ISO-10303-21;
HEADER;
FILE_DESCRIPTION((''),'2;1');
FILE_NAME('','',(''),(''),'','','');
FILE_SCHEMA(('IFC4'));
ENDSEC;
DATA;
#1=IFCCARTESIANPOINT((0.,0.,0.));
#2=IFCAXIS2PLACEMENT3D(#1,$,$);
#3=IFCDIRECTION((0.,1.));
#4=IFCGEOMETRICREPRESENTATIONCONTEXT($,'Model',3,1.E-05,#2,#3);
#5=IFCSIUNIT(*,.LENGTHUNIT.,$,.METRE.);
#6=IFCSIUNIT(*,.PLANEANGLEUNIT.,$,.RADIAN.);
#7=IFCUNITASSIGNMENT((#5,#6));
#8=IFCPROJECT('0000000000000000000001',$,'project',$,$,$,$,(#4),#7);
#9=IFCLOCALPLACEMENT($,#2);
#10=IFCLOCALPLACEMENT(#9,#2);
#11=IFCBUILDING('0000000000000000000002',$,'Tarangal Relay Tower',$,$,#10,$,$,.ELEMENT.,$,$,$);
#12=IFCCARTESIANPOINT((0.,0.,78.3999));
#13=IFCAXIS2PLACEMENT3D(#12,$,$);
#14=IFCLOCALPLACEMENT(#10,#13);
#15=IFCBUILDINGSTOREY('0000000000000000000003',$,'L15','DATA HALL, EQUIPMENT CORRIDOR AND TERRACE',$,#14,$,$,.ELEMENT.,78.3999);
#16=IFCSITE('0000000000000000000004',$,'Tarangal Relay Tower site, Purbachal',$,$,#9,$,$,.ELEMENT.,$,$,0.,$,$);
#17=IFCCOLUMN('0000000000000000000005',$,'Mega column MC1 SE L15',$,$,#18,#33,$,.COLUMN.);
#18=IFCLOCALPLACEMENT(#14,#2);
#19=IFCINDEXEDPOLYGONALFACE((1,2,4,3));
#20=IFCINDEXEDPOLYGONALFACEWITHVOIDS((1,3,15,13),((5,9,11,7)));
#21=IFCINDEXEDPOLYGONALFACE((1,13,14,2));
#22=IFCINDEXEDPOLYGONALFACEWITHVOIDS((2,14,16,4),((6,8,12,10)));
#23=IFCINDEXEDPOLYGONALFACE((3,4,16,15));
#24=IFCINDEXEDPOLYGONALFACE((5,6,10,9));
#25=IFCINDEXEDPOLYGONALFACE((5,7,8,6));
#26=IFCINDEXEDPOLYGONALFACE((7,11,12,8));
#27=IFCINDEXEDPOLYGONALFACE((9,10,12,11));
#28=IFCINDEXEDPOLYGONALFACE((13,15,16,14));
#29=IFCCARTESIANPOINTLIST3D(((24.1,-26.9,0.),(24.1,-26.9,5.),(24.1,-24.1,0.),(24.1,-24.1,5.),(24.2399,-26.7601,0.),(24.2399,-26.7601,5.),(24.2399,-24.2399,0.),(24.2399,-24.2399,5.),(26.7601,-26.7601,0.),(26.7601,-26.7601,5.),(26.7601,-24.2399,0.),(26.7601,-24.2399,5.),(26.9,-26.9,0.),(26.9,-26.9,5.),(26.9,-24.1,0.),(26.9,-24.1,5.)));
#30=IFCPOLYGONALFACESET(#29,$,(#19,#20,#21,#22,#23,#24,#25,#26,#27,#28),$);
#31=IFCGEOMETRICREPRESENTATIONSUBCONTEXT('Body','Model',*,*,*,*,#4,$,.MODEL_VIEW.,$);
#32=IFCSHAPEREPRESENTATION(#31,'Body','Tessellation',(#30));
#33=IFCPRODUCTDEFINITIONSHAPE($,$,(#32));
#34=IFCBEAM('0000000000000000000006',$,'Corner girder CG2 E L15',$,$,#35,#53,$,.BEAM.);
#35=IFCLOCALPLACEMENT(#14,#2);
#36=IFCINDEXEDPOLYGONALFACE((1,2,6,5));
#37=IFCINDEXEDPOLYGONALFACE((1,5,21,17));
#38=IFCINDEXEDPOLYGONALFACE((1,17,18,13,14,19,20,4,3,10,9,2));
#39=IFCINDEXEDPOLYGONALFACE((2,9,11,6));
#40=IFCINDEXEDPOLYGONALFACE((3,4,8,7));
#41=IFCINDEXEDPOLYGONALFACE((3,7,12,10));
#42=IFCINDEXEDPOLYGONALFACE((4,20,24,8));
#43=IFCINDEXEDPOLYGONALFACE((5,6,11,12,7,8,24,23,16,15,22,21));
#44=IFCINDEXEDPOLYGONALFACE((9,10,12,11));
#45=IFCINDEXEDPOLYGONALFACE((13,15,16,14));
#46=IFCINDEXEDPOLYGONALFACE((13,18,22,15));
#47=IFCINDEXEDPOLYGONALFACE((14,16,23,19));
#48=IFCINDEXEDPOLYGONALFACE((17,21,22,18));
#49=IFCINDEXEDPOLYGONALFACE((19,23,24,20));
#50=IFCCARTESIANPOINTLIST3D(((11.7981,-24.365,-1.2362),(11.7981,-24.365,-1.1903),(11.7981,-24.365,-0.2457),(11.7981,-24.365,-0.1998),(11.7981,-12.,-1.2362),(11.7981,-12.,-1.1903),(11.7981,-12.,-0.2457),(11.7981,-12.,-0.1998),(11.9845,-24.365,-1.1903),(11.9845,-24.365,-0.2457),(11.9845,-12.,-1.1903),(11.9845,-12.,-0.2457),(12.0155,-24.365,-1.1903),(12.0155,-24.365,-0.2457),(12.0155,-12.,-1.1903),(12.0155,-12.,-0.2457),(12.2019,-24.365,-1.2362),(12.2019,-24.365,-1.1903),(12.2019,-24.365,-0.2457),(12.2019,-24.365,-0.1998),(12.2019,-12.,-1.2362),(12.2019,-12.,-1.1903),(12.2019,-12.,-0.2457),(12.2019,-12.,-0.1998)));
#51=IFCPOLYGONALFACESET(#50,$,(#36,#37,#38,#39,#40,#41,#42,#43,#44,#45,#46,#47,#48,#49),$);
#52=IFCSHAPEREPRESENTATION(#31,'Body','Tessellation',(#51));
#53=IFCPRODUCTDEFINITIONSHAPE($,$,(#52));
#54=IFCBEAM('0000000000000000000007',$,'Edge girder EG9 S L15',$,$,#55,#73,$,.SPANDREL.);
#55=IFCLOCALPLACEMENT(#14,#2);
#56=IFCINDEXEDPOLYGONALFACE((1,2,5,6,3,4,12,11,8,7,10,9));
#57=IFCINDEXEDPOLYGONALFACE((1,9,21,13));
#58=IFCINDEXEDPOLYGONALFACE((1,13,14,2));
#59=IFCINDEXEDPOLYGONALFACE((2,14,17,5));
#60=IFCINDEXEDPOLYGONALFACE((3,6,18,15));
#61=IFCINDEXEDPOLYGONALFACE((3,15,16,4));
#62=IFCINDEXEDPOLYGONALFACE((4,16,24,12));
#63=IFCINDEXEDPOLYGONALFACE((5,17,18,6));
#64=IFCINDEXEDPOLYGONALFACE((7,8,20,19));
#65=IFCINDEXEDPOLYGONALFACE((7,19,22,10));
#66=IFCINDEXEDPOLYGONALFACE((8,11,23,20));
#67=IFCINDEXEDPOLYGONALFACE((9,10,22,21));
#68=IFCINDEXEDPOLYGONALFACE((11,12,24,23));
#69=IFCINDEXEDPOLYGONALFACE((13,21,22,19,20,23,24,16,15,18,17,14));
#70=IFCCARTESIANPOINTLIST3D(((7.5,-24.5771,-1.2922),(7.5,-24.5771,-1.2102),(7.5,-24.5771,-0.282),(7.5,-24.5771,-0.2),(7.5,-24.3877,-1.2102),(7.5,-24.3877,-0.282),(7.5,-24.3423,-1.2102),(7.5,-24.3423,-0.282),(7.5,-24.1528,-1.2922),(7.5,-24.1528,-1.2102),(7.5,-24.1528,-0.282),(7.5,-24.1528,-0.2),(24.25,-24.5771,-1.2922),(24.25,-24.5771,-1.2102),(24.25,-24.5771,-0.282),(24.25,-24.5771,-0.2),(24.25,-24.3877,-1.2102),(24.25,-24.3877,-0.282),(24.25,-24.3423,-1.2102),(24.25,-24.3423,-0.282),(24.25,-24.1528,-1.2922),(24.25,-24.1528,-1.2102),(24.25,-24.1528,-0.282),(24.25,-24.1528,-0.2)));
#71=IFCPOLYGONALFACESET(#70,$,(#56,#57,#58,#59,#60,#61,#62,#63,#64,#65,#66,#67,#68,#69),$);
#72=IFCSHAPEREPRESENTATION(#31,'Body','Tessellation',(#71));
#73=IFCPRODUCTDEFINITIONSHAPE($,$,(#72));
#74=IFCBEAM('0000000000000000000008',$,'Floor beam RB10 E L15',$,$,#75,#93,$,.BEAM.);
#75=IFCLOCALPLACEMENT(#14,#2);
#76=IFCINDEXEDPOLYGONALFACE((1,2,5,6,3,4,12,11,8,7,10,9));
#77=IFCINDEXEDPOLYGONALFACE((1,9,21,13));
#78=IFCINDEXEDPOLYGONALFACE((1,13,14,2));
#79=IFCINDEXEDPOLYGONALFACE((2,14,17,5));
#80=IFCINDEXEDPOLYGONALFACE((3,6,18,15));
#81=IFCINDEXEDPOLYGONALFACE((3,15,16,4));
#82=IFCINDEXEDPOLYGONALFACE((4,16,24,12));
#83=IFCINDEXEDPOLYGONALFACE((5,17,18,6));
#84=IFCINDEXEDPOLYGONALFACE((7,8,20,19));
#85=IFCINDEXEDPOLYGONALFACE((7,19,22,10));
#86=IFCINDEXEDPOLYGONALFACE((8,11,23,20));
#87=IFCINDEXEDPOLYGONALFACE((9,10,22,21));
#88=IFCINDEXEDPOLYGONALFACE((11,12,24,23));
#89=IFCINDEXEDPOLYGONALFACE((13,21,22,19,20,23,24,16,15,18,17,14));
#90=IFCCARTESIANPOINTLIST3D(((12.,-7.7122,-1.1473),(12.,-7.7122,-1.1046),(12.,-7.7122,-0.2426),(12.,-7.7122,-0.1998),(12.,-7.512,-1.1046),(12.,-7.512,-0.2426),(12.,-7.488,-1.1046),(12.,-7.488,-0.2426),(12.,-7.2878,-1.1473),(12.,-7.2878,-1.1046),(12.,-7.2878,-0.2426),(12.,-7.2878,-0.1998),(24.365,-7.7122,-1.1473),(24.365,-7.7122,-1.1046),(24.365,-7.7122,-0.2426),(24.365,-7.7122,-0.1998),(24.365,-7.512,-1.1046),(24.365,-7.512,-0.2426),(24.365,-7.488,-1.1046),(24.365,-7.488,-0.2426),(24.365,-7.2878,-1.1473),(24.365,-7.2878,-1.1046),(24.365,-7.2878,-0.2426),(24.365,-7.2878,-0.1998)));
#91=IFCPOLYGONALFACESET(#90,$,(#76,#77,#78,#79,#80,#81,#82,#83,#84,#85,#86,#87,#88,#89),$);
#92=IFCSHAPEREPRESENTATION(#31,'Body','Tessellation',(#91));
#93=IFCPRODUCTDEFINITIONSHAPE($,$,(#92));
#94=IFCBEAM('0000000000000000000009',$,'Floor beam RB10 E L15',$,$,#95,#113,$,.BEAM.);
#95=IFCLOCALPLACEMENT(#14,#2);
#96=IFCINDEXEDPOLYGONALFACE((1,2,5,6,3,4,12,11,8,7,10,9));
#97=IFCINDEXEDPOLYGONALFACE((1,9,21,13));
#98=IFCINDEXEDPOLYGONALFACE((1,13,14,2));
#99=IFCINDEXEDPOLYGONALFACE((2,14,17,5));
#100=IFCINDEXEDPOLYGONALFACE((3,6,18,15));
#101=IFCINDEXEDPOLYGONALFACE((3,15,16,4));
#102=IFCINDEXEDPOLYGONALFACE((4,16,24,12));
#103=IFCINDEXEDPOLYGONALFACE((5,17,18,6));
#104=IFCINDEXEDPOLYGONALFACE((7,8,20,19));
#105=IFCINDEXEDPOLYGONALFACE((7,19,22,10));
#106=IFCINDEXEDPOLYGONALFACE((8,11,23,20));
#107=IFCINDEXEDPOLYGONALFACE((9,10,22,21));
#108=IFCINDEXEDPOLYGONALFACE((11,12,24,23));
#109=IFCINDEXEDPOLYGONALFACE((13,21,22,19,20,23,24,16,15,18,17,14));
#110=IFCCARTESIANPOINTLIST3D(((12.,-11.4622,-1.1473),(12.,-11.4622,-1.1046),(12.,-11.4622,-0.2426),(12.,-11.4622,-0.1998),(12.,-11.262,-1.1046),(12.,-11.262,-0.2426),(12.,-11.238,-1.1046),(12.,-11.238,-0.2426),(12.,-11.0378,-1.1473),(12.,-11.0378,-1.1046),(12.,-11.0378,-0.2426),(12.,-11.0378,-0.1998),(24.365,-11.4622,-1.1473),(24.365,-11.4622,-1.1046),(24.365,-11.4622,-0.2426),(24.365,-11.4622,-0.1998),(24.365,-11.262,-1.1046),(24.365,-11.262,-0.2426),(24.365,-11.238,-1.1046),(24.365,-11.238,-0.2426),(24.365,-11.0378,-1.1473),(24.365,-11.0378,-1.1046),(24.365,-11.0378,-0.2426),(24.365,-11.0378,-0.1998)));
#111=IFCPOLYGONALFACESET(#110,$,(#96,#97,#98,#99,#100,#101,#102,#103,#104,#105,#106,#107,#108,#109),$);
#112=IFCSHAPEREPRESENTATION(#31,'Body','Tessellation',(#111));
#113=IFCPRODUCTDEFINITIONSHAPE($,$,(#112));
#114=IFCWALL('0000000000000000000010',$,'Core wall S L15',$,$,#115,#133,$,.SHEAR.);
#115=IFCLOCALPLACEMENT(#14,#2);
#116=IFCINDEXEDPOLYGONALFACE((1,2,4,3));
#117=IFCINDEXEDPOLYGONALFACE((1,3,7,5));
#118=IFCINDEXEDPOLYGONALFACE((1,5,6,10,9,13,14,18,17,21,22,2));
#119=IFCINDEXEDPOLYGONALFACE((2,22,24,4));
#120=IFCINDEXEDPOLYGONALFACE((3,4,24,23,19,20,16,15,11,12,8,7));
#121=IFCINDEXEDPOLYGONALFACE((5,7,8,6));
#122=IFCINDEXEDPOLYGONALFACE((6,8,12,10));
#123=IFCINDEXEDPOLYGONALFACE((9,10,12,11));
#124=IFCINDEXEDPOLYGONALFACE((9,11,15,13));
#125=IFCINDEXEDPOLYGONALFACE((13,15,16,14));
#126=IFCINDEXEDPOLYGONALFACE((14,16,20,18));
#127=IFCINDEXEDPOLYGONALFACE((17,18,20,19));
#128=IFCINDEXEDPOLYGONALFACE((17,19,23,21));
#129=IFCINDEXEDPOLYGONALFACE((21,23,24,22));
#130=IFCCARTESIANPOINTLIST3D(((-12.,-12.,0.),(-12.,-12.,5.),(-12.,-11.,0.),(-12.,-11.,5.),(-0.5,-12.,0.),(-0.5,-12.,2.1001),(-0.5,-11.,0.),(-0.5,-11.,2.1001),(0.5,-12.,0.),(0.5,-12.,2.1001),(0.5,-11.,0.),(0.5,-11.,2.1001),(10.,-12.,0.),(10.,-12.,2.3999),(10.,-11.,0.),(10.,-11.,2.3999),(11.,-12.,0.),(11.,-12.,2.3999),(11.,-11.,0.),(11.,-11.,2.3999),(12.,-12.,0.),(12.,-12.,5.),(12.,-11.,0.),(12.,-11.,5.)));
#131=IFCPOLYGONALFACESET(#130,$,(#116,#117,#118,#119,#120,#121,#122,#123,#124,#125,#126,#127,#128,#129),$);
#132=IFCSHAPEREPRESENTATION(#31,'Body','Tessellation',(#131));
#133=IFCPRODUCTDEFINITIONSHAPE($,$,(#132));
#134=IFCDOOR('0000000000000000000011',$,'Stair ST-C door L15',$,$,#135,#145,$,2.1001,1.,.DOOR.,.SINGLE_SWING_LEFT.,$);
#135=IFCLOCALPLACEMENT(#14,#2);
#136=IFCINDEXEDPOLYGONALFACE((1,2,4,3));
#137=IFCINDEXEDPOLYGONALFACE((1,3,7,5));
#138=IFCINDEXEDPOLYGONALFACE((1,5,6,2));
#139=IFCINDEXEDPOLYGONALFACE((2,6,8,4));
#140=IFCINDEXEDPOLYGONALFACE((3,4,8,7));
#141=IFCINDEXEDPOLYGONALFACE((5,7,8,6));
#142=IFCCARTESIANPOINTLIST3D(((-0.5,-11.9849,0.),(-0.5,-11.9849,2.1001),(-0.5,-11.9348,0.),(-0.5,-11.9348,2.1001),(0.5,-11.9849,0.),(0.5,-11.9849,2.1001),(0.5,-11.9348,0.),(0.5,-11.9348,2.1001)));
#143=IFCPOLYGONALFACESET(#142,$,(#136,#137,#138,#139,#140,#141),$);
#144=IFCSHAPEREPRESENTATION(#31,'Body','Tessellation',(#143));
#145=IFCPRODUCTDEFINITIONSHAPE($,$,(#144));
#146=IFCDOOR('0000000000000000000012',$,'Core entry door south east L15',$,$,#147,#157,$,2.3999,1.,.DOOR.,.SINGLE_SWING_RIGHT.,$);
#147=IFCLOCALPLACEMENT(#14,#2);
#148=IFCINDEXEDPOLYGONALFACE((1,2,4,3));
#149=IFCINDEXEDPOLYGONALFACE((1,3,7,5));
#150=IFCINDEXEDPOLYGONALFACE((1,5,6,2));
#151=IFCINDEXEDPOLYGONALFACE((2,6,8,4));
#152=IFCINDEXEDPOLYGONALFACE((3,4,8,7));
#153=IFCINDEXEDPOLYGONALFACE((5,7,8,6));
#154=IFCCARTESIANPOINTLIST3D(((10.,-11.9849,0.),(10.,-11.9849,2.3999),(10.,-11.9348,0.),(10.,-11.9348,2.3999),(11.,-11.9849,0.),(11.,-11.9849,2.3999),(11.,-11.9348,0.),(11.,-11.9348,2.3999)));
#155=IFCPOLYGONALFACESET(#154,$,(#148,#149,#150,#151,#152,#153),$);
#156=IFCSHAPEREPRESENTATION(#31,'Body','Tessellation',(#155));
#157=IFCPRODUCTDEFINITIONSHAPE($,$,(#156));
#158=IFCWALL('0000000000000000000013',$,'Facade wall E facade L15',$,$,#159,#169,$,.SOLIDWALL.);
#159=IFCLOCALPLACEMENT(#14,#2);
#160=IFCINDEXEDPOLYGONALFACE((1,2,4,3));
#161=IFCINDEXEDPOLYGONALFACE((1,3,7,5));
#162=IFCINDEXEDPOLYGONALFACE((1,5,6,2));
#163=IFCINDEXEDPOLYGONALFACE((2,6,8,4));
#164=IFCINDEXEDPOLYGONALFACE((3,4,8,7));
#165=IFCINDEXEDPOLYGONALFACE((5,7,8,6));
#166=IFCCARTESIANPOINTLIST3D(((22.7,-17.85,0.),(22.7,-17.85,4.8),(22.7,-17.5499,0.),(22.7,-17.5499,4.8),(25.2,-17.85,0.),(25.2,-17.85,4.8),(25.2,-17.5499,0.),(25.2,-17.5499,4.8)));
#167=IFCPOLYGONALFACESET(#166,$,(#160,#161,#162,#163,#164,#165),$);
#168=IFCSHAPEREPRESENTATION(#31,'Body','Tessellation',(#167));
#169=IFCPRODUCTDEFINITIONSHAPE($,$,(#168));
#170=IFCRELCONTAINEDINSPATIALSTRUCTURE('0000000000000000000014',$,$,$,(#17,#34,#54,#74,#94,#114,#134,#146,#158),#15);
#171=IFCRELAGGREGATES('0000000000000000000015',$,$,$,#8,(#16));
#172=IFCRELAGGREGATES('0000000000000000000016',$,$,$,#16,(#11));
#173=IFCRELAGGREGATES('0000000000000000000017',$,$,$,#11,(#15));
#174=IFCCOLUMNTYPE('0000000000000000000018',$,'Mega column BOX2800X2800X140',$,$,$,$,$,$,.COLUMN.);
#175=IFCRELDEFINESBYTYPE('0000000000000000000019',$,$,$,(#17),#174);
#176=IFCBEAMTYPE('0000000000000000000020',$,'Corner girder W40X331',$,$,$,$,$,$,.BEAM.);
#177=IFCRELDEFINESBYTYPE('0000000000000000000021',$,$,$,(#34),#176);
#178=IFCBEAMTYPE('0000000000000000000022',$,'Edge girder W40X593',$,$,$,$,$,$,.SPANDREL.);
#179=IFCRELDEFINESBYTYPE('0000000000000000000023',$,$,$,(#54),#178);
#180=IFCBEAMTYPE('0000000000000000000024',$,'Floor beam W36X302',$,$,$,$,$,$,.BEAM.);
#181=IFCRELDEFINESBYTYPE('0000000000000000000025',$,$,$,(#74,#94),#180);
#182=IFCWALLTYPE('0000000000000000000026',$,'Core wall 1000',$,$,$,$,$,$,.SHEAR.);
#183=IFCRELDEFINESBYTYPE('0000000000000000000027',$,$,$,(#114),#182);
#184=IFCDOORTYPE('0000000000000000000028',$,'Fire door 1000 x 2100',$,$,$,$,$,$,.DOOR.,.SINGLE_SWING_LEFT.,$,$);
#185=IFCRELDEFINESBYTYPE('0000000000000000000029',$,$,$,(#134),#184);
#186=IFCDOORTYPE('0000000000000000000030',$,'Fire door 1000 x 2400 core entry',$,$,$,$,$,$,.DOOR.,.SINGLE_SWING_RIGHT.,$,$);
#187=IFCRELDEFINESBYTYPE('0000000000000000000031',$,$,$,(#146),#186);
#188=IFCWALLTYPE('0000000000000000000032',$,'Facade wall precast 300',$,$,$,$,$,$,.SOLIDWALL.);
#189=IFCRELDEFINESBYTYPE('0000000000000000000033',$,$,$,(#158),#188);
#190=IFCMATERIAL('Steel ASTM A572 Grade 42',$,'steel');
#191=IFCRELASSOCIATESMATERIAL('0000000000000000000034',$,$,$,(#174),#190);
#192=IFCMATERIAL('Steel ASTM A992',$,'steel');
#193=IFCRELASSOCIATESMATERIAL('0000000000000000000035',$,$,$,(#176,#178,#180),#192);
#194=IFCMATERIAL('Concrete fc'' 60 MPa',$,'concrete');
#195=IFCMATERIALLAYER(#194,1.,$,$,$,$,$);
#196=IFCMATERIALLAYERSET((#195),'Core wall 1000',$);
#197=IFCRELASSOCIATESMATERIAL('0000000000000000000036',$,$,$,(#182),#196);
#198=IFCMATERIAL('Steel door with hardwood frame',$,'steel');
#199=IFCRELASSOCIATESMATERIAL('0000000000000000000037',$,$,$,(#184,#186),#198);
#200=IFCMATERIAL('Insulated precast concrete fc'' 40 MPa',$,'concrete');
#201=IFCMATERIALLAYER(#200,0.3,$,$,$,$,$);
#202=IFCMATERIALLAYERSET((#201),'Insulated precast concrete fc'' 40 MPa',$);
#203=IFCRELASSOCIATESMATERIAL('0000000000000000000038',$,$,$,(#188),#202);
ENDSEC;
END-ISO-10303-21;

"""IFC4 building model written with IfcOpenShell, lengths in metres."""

from ifc_helpers import new_model, si_unit, direction, frame, frame_2d, origin, origin_2d, place, context, subcontext, project, spatial, rectangle, hollow_rectangle, i_section, extrude, material, layer, layer_set, material_profile, profile_set, type_object, element, fill, save


model = new_model("IFC4")

# Units and contexts
model_context = context("Model", 3, precision=1e-05, world=origin(), true_north=direction((0.0, 1.0)))
body_context = subcontext(model_context, "Body", "Model", "MODEL_VIEW")
ifc_project = project(units=[si_unit("LENGTHUNIT", "METRE"), si_unit("PLANEANGLEUNIT", "RADIAN")], contexts=[model_context])

# Site, building, storey
site_placement = place(None, origin())
site = spatial("IfcSite", under=ifc_project, at=site_placement, Name="Tarangal Relay Tower site, Purbachal", CompositionType="ELEMENT", RefElevation=0.0)
building_placement = place(site_placement, origin())
building = spatial("IfcBuilding", under=site, at=building_placement, Name="Tarangal Relay Tower", CompositionType="ELEMENT")
storey_placement = place(building_placement, frame((0.0, 0.0, 78.3999)))
storey = spatial("IfcBuildingStorey", under=building, at=storey_placement, Name="L15", Description="DATA HALL, EQUIPMENT CORRIDOR AND TERRACE", CompositionType="ELEMENT", Elevation=78.3999)

# Column
ifc_material_1 = material(Name="Steel ASTM A572 Grade 42", Category="steel")
ifc_material_profile_1 = material_profile(ifc_material_1, hollow_rectangle(XDim=2.8, YDim=2.8, WallThickness=0.1399, at=origin_2d()), Name="BOX2800X2800X140")
ifc_profile_set_1 = profile_set([ifc_material_profile_1], Name="Steel ASTM A572 Grade 42")
column_type = type_object("IfcColumnType", Name="Mega column BOX2800X2800X140", PredefinedType="COLUMN", material=ifc_profile_set_1)
column_placement = place(storey_placement, frame((25.5, -25.5, 0.0), z_axis=(0.0, 0.0, 1.0), x_axis=(1.0, 0.0, 0.0)))
element("IfcColumn", 1, at=column_placement, inside=storey, type_object=column_type, Name="Mega column MC1 SE L15", PredefinedType="COLUMN", context=body_context, shape_type="SweptSolid", body=[
    extrude(hollow_rectangle(XDim=2.8, YDim=2.8, WallThickness=0.1399, at=origin_2d()), origin(), (0.0, 0.0, 1.0), 5.0),
])

# Beams
ifc_material_2 = material(Name="Steel ASTM A992", Category="steel")
ifc_material_profile_2 = material_profile(ifc_material_2, i_section(OverallWidth=0.4038, OverallDepth=1.0364, WebThickness=0.031, FlangeThickness=0.0459, at=origin_2d()), Name="W40X331")
ifc_profile_set_2 = profile_set([ifc_material_profile_2], Name="Steel ASTM A992")
beam_type_1 = type_object("IfcBeamType", Name="Corner girder W40X331", PredefinedType="BEAM", material=ifc_profile_set_2)
beam_1_placement = place(storey_placement, frame((12.0, -12.0, -0.718), z_axis=(0.0, -1.0, 0.0), x_axis=(1.0, 0.0, 0.0)))
element("IfcBeam", 2, at=beam_1_placement, inside=storey, type_object=beam_type_1, Name="Corner girder CG2 E L15", PredefinedType="BEAM", context=body_context, shape_type="SweptSolid", body=[
    extrude(i_section(OverallWidth=0.4038, OverallDepth=1.0364, WebThickness=0.031, FlangeThickness=0.0459, at=origin_2d()), origin(), (0.0, 0.0, 1.0), 12.365),
])
ifc_material_profile_3 = material_profile(ifc_material_2, i_section(OverallWidth=0.4243, OverallDepth=1.0923, WebThickness=0.0454, FlangeThickness=0.082, at=origin_2d()), Name="W40X593")
ifc_profile_set_3 = profile_set([ifc_material_profile_3], Name="Steel ASTM A992")
beam_type_2 = type_object("IfcBeamType", Name="Edge girder W40X593", PredefinedType="SPANDREL", material=ifc_profile_set_3)
beam_2_placement = place(storey_placement, frame((24.25, -24.365, -0.7461), z_axis=(-1.0, 0.0, 0.0), x_axis=(0.0, -1.0, 0.0)))
element("IfcBeam", 3, at=beam_2_placement, inside=storey, type_object=beam_type_2, Name="Edge girder EG9 S L15", PredefinedType="SPANDREL", context=body_context, shape_type="SweptSolid", body=[
    extrude(i_section(OverallWidth=0.4243, OverallDepth=1.0923, WebThickness=0.0454, FlangeThickness=0.082, at=origin_2d()), origin(), (0.0, 0.0, 1.0), 16.75),
])
ifc_material_profile_4 = material_profile(ifc_material_2, i_section(OverallWidth=0.4243, OverallDepth=0.9475, WebThickness=0.0239, FlangeThickness=0.0427, at=origin_2d()), Name="W36X302")
ifc_profile_set_4 = profile_set([ifc_material_profile_4], Name="Steel ASTM A992")
beam_type_3 = type_object("IfcBeamType", Name="Floor beam W36X302", PredefinedType="BEAM", material=ifc_profile_set_4)
for number, where, z_axis, x_axis, name in (
    (4, (12.0, -7.5, -0.6736), (1.0, 0.0, 0.0), (0.0, 1.0, 0.0), "Floor beam RB10 E L15"),
    (5, (12.0, -11.25, -0.6736), (1.0, 0.0, 0.0), (0.0, 1.0, 0.0), "Floor beam RB10 E L15"),
):
    element("IfcBeam", number, at=place(storey_placement, frame(where, z_axis=z_axis, x_axis=x_axis)), inside=storey, type_object=beam_type_3, Name=name, PredefinedType="BEAM", context=body_context, shape_type="SweptSolid", body=[
        extrude(i_section(OverallWidth=0.4243, OverallDepth=0.9475, WebThickness=0.0239, FlangeThickness=0.0427, at=origin_2d()), origin(), (0.0, 0.0, 1.0), 12.365),
    ])

# Wall, openings, doors
ifc_material_3 = material(Name="Concrete fc' 60 MPa", Category="concrete")
ifc_layer_1 = layer(ifc_material_3, 1.0)
ifc_layer_set_1 = layer_set([ifc_layer_1], Name="Core wall 1000")
wall_type_1 = type_object("IfcWallType", Name="Core wall 1000", PredefinedType="SHEAR", material=ifc_layer_set_1)
wall_1_placement = place(storey_placement, frame((12.0, -11.5, 0.0), z_axis=(0.0, 0.0, 1.0), x_axis=(-1.0, 0.0, 0.0)))
wall_1 = element("IfcWall", 6, at=wall_1_placement, inside=storey, type_object=wall_type_1, Name="Core wall S L15", PredefinedType="SHEAR", context=body_context, shape_type="SweptSolid", body=[
    extrude(rectangle(XDim=24.0, YDim=1.0, at=frame_2d((12.0, 0.0))), origin(), (0.0, 0.0, 1.0), 5.0),
])
opening_1_placement = place(wall_1_placement, frame((11.5, 0.0, 0.0)))
opening_1 = element("IfcOpeningElement", 7, at=opening_1_placement, cuts=wall_1, PredefinedType="OPENING", context=body_context, shape_type="SweptSolid", body=[
    extrude(rectangle(XDim=1.0, YDim=2.1001, at=frame_2d((0.5, 1.05))), frame((0.0, 0.51, 0.0), z_axis=(0.0, -1.0, 0.0), x_axis=(1.0, 0.0, 0.0)), (0.0, 0.0, 1.0), 1.02),
])
opening_2_placement = place(wall_1_placement, frame((1.0, 0.0, 0.0)))
opening_2 = element("IfcOpeningElement", 8, at=opening_2_placement, cuts=wall_1, PredefinedType="OPENING", context=body_context, shape_type="SweptSolid", body=[
    extrude(rectangle(XDim=1.0, YDim=2.3999, at=frame_2d((0.5, 1.2))), frame((0.0, 0.51, 0.0), z_axis=(0.0, -1.0, 0.0), x_axis=(1.0, 0.0, 0.0)), (0.0, 0.0, 1.0), 1.02),
])
ifc_material_4 = material(Name="Steel door with hardwood frame", Category="steel")
door_type_1 = type_object("IfcDoorType", Name="Fire door 1000 x 2100", OperationType="SINGLE_SWING_LEFT", PredefinedType="DOOR", material=ifc_material_4)
door_1_placement = place(opening_1_placement, origin())
door_1 = element("IfcDoor", 9, at=door_1_placement, inside=storey, type_object=door_type_1, Name="Stair ST-C door L15", OperationType="SINGLE_SWING_LEFT", OverallHeight=2.1001, OverallWidth=1.0, PredefinedType="DOOR", context=body_context, shape_type="SweptSolid", body=[
    extrude(rectangle(XDim=1.0, YDim=2.1001, at=frame_2d((0.5, 1.05))), frame((0.0, 0.4849, 0.0), z_axis=(0.0, -1.0, 0.0), x_axis=(1.0, 0.0, 0.0)), (0.0, 0.0, 1.0), 0.05),
])
fill(opening_1, door_1)
door_type_2 = type_object("IfcDoorType", Name="Fire door 1000 x 2400 core entry", OperationType="SINGLE_SWING_RIGHT", PredefinedType="DOOR", material=ifc_material_4)
door_2_placement = place(opening_2_placement, origin())
door_2 = element("IfcDoor", 10, at=door_2_placement, inside=storey, type_object=door_type_2, Name="Core entry door south east L15", OperationType="SINGLE_SWING_RIGHT", OverallHeight=2.3999, OverallWidth=1.0, PredefinedType="DOOR", context=body_context, shape_type="SweptSolid", body=[
    extrude(rectangle(XDim=1.0, YDim=2.3999, at=frame_2d((0.5, 1.2))), frame((0.0, 0.4849, 0.0), z_axis=(0.0, -1.0, 0.0), x_axis=(1.0, 0.0, 0.0)), (0.0, 0.0, 1.0), 0.05),
])
fill(opening_2, door_2)

# Wall
ifc_material_5 = material(Name="Insulated precast concrete fc' 40 MPa", Category="concrete")
ifc_layer_2 = layer(ifc_material_5, 0.3)
ifc_layer_set_2 = layer_set([ifc_layer_2], Name="Insulated precast concrete fc' 40 MPa")
wall_type_2 = type_object("IfcWallType", Name="Facade wall precast 300", PredefinedType="SOLIDWALL", material=ifc_layer_set_2)
for number, where, z_axis, x_axis, name in (
    (11, (25.2, -17.7, 0.0), (0.0, 0.0, 1.0), (-1.0, 0.0, 0.0), "Facade wall E facade L15"),
):
    element("IfcWall", number, at=place(storey_placement, frame(where, z_axis=z_axis, x_axis=x_axis)), inside=storey, type_object=wall_type_2, Name=name, PredefinedType="SOLIDWALL", context=body_context, shape_type="SweptSolid", body=[
        extrude(rectangle(XDim=2.5, YDim=0.3, at=frame_2d((1.25, 0.0))), origin(), (0.0, 0.0, 1.0), 4.8),
    ])

save(model, "model.ifc")
